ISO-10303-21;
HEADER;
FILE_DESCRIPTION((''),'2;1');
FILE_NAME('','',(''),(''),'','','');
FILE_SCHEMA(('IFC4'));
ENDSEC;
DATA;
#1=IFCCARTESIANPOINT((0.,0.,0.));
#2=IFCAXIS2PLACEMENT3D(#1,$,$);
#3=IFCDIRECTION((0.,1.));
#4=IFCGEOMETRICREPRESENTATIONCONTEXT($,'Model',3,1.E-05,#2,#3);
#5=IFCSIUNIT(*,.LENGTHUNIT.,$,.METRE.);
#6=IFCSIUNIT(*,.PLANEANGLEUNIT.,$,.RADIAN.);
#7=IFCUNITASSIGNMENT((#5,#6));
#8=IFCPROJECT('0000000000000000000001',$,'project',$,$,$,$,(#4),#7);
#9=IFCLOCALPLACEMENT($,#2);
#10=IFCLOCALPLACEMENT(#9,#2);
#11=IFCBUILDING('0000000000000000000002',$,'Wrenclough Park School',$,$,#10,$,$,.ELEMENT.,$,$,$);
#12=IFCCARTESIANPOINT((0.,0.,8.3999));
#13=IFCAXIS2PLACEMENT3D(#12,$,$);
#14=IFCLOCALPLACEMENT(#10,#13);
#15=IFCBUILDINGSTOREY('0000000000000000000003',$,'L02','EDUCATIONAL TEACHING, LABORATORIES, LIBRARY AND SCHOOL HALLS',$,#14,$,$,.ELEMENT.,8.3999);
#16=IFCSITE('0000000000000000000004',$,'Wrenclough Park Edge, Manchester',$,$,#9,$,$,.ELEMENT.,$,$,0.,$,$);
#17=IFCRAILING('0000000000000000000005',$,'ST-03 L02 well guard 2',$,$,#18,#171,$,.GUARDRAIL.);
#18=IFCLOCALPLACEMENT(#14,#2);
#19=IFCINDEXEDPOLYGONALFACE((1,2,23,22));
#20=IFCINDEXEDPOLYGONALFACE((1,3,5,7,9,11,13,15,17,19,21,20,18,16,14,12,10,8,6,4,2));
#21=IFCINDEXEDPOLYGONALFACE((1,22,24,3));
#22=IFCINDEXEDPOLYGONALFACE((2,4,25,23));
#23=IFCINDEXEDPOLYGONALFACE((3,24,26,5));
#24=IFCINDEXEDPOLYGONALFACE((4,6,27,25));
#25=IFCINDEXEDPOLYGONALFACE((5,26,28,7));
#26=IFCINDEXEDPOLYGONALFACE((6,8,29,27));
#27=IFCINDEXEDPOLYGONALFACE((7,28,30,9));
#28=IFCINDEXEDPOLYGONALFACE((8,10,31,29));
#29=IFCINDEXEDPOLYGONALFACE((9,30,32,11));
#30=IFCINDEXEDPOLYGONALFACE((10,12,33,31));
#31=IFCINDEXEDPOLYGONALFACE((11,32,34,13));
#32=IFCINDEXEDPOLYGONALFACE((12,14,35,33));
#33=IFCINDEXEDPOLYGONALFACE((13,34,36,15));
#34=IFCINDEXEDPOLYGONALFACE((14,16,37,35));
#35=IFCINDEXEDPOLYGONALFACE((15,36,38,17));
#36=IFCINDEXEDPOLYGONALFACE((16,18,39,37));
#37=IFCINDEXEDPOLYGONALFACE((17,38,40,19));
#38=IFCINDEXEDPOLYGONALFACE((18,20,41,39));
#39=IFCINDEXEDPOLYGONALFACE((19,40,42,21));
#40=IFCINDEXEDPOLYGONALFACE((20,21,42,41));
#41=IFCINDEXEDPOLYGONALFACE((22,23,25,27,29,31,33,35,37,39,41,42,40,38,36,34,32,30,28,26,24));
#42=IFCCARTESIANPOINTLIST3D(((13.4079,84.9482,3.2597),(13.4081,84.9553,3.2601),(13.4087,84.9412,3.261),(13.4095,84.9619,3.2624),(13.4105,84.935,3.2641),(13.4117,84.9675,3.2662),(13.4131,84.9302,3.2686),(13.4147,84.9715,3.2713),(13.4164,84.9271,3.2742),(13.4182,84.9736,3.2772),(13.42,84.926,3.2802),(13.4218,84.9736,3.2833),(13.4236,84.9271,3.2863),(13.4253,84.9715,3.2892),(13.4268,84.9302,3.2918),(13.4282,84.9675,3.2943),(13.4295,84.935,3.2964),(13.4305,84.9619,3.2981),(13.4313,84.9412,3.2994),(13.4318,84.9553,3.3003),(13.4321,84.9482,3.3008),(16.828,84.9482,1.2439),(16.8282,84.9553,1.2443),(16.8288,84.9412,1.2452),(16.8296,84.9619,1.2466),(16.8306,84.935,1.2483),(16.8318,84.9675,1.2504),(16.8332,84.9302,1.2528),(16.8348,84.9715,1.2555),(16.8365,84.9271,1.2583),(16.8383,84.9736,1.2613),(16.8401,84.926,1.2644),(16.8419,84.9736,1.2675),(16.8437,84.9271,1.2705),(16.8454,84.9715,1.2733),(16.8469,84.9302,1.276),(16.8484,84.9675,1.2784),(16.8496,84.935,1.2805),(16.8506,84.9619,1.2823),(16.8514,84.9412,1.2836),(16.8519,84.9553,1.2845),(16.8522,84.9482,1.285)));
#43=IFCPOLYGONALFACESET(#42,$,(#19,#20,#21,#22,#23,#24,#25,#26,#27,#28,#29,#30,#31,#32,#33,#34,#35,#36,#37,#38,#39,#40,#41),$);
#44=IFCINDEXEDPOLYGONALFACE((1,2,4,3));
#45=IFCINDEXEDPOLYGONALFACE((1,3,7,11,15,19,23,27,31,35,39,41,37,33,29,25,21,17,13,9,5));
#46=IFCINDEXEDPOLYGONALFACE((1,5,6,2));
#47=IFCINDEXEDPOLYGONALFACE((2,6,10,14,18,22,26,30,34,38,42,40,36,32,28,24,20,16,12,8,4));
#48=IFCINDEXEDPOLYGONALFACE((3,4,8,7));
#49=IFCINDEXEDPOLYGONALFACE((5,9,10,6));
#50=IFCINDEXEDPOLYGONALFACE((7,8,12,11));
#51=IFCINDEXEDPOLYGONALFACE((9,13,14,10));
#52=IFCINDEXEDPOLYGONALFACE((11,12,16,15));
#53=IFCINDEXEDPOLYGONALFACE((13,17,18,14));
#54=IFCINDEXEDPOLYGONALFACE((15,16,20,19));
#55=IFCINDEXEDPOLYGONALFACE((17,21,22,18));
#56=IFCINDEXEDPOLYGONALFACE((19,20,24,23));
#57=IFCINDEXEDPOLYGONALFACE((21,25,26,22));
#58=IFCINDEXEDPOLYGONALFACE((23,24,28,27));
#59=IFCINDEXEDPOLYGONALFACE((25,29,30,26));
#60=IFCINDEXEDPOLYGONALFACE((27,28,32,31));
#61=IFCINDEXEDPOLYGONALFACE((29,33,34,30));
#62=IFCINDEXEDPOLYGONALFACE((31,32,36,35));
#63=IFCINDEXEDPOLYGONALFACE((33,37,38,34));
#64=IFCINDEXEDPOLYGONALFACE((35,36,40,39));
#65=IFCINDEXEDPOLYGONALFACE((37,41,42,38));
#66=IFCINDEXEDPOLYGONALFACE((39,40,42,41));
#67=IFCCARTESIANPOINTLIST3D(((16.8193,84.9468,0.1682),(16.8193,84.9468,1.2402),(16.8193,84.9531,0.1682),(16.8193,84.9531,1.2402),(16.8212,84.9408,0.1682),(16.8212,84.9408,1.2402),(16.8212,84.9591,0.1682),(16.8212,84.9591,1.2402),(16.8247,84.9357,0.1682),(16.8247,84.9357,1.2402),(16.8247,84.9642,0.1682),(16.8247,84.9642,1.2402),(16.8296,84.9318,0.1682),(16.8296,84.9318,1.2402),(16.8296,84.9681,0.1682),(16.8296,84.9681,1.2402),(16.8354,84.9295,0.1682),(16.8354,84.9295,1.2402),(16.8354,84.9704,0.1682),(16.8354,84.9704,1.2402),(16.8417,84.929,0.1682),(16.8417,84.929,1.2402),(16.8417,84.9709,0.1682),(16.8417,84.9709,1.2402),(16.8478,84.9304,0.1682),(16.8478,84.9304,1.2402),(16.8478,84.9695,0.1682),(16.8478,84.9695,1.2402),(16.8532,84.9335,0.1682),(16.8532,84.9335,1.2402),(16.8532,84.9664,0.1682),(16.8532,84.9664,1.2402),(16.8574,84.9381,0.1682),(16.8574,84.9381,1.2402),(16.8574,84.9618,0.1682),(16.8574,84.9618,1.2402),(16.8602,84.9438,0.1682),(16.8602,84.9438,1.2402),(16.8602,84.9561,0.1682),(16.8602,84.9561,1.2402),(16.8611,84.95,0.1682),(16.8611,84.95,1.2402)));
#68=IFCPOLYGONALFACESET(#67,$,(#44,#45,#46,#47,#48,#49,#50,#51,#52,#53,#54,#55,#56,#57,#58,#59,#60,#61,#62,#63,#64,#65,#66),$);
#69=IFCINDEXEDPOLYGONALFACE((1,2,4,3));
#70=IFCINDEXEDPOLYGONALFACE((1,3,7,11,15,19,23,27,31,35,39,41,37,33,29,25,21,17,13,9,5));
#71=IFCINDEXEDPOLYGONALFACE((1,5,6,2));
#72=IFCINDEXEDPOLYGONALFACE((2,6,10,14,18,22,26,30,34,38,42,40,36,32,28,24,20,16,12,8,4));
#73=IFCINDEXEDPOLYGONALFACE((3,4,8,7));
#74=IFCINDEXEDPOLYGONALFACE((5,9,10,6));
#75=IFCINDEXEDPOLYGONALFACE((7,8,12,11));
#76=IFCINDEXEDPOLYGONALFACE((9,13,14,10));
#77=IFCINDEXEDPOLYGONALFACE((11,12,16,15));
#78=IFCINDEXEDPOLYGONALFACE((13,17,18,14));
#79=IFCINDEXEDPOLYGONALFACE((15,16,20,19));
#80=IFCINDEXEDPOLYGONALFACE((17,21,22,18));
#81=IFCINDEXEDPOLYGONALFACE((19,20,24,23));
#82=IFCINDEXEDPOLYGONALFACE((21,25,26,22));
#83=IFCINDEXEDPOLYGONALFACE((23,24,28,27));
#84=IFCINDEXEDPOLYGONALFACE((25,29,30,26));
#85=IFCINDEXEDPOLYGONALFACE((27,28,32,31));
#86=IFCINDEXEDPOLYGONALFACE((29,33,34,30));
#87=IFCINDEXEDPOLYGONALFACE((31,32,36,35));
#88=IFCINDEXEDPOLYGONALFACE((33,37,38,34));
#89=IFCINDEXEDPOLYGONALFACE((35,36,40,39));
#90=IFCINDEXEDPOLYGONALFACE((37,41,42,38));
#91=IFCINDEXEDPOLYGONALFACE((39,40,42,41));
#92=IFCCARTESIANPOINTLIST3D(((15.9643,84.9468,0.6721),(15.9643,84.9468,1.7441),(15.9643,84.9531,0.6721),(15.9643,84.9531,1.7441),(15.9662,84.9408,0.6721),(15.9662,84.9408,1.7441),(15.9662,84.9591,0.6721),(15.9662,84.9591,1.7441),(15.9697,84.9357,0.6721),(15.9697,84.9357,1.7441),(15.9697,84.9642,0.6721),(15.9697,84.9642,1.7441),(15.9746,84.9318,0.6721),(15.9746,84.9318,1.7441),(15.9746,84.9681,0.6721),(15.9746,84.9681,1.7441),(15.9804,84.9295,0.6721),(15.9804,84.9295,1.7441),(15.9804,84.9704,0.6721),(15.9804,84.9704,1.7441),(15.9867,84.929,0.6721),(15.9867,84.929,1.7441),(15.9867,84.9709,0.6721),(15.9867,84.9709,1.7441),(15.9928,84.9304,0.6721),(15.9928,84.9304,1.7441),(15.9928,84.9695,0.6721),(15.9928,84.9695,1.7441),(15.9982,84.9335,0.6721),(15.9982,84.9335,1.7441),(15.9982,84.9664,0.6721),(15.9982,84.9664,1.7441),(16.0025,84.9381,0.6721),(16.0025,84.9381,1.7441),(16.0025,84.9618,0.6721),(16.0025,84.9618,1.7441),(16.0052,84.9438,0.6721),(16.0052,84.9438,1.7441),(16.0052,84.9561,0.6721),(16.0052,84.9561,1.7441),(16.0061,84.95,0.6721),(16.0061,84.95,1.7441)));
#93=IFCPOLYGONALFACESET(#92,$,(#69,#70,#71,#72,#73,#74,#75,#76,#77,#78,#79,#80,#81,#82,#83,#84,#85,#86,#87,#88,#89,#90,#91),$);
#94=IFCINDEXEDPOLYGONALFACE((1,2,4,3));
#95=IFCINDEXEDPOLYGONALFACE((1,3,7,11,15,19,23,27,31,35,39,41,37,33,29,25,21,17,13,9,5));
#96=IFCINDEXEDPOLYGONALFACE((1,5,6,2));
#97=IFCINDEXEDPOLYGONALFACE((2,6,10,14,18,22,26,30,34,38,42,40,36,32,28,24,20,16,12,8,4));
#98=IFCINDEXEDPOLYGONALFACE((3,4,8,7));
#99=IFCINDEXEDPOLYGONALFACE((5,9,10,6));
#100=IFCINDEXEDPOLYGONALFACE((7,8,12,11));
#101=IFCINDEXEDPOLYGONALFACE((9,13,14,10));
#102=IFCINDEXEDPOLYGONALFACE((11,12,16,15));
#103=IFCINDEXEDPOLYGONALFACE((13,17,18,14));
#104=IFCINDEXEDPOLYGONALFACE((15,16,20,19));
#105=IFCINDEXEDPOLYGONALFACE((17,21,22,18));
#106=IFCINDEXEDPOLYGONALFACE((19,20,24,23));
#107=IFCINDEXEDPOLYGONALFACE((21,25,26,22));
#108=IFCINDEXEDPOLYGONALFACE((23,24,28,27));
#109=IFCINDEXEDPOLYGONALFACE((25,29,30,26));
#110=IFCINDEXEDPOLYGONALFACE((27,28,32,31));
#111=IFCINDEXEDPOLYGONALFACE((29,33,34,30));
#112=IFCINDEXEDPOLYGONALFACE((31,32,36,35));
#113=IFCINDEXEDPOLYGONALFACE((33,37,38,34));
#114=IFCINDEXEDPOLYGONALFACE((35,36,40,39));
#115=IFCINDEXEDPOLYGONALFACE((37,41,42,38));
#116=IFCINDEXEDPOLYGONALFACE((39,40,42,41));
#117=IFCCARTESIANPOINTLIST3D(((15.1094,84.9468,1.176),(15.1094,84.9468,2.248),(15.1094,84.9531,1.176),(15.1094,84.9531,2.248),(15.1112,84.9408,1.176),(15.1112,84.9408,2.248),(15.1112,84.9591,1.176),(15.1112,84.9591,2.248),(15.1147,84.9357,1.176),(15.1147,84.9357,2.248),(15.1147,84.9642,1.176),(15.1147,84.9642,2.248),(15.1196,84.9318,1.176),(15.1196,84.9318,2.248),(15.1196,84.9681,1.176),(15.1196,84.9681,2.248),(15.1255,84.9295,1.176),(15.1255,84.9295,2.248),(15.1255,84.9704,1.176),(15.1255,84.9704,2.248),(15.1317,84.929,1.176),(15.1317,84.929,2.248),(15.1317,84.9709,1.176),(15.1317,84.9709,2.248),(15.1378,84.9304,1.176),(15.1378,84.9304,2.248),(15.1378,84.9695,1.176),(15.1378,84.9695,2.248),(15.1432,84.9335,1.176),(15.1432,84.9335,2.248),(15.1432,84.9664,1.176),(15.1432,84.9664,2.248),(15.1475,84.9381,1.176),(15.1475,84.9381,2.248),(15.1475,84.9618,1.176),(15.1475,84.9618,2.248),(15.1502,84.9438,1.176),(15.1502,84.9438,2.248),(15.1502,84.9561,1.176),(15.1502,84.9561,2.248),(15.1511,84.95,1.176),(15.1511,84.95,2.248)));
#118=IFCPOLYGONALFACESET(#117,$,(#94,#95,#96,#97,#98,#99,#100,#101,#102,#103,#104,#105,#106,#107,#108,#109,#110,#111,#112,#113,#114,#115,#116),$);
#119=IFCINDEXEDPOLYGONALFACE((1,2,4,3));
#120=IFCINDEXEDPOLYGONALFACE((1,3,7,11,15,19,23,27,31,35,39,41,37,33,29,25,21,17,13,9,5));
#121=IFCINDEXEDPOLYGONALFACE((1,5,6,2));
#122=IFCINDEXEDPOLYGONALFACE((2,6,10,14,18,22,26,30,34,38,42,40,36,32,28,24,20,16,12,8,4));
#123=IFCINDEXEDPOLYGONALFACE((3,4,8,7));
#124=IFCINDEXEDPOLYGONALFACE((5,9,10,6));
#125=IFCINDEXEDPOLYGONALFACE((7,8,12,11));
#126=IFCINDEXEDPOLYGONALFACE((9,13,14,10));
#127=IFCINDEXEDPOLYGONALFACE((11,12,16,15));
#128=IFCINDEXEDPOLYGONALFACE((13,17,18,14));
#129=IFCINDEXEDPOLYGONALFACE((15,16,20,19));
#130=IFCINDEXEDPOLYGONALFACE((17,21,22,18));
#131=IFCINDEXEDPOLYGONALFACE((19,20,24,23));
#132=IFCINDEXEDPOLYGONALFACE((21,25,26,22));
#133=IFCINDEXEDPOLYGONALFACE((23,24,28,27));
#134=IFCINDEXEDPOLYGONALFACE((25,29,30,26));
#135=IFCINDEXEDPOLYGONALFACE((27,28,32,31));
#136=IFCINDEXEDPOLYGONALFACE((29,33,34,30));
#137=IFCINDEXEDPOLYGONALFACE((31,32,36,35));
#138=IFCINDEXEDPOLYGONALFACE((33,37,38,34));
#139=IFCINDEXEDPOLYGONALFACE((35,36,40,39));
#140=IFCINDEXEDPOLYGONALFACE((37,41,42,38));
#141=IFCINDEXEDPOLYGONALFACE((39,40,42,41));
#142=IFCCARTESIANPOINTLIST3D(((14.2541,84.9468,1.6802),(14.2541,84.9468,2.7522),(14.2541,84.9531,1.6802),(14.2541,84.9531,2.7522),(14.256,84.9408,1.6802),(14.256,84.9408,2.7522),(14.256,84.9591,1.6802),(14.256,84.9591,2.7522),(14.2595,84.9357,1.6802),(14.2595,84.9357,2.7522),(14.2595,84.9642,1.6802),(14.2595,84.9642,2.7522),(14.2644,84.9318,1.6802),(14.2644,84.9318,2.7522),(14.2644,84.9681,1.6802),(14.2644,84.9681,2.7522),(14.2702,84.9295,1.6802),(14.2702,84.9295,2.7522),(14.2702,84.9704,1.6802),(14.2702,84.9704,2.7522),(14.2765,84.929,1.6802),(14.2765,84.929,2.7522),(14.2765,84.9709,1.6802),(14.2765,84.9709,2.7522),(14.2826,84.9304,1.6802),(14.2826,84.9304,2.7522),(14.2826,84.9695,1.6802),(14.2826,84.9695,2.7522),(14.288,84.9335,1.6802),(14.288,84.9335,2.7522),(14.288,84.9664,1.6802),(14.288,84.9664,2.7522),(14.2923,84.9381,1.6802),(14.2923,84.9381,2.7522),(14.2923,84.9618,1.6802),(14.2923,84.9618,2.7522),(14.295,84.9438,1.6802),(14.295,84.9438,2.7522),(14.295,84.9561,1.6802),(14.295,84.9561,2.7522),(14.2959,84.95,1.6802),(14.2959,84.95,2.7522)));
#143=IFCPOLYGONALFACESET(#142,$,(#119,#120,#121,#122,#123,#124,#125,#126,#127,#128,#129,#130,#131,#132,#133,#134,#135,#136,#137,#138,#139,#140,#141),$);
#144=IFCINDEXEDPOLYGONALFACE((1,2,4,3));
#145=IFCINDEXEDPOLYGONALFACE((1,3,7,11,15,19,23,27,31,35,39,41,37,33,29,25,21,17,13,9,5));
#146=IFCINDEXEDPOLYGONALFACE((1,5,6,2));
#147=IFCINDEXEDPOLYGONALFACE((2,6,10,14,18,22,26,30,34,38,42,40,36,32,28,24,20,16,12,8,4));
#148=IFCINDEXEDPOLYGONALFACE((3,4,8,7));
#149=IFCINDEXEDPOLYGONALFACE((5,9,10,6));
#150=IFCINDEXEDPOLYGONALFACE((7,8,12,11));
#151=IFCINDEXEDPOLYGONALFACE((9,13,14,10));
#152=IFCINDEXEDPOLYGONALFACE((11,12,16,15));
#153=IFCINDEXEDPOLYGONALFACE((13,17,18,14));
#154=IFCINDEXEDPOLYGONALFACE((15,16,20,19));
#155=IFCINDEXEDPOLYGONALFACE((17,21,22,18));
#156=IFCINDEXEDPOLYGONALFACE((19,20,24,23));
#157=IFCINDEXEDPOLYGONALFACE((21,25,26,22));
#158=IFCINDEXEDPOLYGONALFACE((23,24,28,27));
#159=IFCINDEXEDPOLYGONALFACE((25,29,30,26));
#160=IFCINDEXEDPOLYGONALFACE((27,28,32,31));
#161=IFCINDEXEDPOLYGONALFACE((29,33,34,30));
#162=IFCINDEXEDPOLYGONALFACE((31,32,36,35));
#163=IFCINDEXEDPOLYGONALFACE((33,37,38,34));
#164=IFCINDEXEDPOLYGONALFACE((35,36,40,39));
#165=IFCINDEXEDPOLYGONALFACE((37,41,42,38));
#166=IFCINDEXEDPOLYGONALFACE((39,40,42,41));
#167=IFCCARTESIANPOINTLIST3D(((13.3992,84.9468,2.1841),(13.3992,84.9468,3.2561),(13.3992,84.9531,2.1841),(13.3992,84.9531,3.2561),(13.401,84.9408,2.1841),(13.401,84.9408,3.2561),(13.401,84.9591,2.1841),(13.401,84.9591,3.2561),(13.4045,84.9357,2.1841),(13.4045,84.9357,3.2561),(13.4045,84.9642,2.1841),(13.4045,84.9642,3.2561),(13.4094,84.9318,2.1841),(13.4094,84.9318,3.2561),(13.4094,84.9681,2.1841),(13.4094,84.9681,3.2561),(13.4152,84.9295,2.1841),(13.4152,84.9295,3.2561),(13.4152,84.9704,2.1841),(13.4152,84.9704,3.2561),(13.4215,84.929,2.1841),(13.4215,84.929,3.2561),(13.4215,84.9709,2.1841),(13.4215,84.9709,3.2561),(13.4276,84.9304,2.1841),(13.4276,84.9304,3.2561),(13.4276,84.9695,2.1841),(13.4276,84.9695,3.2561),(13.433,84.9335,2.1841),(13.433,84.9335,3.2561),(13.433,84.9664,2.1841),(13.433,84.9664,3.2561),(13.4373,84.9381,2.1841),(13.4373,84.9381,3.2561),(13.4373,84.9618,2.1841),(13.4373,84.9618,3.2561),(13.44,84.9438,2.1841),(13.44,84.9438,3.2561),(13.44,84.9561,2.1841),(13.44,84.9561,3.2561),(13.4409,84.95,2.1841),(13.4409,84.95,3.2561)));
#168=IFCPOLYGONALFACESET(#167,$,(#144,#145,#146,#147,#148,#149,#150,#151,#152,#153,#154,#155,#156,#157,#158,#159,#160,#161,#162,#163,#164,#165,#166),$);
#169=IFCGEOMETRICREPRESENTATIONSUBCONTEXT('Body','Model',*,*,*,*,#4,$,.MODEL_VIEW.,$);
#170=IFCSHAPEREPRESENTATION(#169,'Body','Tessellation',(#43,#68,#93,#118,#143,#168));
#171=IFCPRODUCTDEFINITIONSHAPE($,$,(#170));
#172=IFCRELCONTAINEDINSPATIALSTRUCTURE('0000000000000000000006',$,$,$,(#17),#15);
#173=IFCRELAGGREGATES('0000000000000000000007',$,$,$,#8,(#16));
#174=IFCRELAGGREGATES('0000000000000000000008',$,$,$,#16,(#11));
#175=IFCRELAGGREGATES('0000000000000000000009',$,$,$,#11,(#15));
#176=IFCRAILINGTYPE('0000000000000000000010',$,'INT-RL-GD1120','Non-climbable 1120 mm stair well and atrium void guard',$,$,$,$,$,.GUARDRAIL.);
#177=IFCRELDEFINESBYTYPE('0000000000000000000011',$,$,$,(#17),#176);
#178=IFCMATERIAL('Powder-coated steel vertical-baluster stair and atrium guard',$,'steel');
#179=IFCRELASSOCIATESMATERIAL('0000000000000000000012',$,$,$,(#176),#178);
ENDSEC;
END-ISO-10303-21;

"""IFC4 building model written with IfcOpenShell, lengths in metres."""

from ifc_helpers import new_model, si_unit, direction, frame, origin, origin_2d, place, context, subcontext, project, spatial, circle, extrude, material, type_object, element, save


model = new_model("IFC4")

# Units and contexts
model_context = context("Model", 3, precision=1e-05, world=origin(), true_north=direction((0.0, 1.0)))
body_context = subcontext(model_context, "Body", "Model", "MODEL_VIEW")
ifc_project = project(units=[si_unit("LENGTHUNIT", "METRE"), si_unit("PLANEANGLEUNIT", "RADIAN")], contexts=[model_context])

# Site, building, storey
site_placement = place(None, origin())
site = spatial("IfcSite", under=ifc_project, at=site_placement, Name="Wrenclough Park Edge, Manchester", CompositionType="ELEMENT", RefElevation=0.0)
building_placement = place(site_placement, origin())
building = spatial("IfcBuilding", under=site, at=building_placement, Name="Wrenclough Park School", CompositionType="ELEMENT")
storey_placement = place(building_placement, frame((0.0, 0.0, 8.3999)))
storey = spatial("IfcBuildingStorey", under=building, at=storey_placement, Name="L02", Description="EDUCATIONAL TEACHING, LABORATORIES, LIBRARY AND SCHOOL HALLS", CompositionType="ELEMENT", Elevation=8.3999)

# Railing
ifc_material_1 = material(Name="Powder-coated steel vertical-baluster stair and atrium guard", Category="steel")
railing_type_1 = type_object("IfcRailingType", Name="INT-RL-GD1120", Description="Non-climbable 1120 mm stair well and atrium void guard", PredefinedType="GUARDRAIL", material=ifc_material_1)
railing_1_placement = place(storey_placement, frame((16.8401, 84.95, 0.1682)))
element("IfcRailing", 1, at=railing_1_placement, inside=storey, type_object=railing_type_1, Name="ST-03 L02 well guard 2", PredefinedType="GUARDRAIL", context=body_context, shape_type="SweptSolid", body=[
    extrude(circle(Radius=0.0239, at=origin_2d()), frame((0.0, 0.0, 1.0962), z_axis=(-0.861493, 0.0, 0.50777), x_axis=(0.0, -1.0, 0.0)), (0.0, 0.0, 1.0), 3.97),
    extrude(circle(Radius=0.021, at=origin_2d()), origin(), (0.0, 0.0, 1.0), 1.072),
    extrude(circle(Radius=0.021, at=origin_2d()), frame((-0.855, 0.0, 0.5039)), (0.0, 0.0, 1.0), 1.072),
    extrude(circle(Radius=0.021, at=origin_2d()), frame((-1.71, 0.0, 1.0078)), (0.0, 0.0, 1.0), 1.072),
    extrude(circle(Radius=0.021, at=origin_2d()), frame((-2.5652, 0.0, 1.512)), (0.0, 0.0, 1.0), 1.072),
    extrude(circle(Radius=0.021, at=origin_2d()), frame((-3.4202, 0.0, 2.0159)), (0.0, 0.0, 1.0), 1.072),
])

save(model, "model.ifc")
